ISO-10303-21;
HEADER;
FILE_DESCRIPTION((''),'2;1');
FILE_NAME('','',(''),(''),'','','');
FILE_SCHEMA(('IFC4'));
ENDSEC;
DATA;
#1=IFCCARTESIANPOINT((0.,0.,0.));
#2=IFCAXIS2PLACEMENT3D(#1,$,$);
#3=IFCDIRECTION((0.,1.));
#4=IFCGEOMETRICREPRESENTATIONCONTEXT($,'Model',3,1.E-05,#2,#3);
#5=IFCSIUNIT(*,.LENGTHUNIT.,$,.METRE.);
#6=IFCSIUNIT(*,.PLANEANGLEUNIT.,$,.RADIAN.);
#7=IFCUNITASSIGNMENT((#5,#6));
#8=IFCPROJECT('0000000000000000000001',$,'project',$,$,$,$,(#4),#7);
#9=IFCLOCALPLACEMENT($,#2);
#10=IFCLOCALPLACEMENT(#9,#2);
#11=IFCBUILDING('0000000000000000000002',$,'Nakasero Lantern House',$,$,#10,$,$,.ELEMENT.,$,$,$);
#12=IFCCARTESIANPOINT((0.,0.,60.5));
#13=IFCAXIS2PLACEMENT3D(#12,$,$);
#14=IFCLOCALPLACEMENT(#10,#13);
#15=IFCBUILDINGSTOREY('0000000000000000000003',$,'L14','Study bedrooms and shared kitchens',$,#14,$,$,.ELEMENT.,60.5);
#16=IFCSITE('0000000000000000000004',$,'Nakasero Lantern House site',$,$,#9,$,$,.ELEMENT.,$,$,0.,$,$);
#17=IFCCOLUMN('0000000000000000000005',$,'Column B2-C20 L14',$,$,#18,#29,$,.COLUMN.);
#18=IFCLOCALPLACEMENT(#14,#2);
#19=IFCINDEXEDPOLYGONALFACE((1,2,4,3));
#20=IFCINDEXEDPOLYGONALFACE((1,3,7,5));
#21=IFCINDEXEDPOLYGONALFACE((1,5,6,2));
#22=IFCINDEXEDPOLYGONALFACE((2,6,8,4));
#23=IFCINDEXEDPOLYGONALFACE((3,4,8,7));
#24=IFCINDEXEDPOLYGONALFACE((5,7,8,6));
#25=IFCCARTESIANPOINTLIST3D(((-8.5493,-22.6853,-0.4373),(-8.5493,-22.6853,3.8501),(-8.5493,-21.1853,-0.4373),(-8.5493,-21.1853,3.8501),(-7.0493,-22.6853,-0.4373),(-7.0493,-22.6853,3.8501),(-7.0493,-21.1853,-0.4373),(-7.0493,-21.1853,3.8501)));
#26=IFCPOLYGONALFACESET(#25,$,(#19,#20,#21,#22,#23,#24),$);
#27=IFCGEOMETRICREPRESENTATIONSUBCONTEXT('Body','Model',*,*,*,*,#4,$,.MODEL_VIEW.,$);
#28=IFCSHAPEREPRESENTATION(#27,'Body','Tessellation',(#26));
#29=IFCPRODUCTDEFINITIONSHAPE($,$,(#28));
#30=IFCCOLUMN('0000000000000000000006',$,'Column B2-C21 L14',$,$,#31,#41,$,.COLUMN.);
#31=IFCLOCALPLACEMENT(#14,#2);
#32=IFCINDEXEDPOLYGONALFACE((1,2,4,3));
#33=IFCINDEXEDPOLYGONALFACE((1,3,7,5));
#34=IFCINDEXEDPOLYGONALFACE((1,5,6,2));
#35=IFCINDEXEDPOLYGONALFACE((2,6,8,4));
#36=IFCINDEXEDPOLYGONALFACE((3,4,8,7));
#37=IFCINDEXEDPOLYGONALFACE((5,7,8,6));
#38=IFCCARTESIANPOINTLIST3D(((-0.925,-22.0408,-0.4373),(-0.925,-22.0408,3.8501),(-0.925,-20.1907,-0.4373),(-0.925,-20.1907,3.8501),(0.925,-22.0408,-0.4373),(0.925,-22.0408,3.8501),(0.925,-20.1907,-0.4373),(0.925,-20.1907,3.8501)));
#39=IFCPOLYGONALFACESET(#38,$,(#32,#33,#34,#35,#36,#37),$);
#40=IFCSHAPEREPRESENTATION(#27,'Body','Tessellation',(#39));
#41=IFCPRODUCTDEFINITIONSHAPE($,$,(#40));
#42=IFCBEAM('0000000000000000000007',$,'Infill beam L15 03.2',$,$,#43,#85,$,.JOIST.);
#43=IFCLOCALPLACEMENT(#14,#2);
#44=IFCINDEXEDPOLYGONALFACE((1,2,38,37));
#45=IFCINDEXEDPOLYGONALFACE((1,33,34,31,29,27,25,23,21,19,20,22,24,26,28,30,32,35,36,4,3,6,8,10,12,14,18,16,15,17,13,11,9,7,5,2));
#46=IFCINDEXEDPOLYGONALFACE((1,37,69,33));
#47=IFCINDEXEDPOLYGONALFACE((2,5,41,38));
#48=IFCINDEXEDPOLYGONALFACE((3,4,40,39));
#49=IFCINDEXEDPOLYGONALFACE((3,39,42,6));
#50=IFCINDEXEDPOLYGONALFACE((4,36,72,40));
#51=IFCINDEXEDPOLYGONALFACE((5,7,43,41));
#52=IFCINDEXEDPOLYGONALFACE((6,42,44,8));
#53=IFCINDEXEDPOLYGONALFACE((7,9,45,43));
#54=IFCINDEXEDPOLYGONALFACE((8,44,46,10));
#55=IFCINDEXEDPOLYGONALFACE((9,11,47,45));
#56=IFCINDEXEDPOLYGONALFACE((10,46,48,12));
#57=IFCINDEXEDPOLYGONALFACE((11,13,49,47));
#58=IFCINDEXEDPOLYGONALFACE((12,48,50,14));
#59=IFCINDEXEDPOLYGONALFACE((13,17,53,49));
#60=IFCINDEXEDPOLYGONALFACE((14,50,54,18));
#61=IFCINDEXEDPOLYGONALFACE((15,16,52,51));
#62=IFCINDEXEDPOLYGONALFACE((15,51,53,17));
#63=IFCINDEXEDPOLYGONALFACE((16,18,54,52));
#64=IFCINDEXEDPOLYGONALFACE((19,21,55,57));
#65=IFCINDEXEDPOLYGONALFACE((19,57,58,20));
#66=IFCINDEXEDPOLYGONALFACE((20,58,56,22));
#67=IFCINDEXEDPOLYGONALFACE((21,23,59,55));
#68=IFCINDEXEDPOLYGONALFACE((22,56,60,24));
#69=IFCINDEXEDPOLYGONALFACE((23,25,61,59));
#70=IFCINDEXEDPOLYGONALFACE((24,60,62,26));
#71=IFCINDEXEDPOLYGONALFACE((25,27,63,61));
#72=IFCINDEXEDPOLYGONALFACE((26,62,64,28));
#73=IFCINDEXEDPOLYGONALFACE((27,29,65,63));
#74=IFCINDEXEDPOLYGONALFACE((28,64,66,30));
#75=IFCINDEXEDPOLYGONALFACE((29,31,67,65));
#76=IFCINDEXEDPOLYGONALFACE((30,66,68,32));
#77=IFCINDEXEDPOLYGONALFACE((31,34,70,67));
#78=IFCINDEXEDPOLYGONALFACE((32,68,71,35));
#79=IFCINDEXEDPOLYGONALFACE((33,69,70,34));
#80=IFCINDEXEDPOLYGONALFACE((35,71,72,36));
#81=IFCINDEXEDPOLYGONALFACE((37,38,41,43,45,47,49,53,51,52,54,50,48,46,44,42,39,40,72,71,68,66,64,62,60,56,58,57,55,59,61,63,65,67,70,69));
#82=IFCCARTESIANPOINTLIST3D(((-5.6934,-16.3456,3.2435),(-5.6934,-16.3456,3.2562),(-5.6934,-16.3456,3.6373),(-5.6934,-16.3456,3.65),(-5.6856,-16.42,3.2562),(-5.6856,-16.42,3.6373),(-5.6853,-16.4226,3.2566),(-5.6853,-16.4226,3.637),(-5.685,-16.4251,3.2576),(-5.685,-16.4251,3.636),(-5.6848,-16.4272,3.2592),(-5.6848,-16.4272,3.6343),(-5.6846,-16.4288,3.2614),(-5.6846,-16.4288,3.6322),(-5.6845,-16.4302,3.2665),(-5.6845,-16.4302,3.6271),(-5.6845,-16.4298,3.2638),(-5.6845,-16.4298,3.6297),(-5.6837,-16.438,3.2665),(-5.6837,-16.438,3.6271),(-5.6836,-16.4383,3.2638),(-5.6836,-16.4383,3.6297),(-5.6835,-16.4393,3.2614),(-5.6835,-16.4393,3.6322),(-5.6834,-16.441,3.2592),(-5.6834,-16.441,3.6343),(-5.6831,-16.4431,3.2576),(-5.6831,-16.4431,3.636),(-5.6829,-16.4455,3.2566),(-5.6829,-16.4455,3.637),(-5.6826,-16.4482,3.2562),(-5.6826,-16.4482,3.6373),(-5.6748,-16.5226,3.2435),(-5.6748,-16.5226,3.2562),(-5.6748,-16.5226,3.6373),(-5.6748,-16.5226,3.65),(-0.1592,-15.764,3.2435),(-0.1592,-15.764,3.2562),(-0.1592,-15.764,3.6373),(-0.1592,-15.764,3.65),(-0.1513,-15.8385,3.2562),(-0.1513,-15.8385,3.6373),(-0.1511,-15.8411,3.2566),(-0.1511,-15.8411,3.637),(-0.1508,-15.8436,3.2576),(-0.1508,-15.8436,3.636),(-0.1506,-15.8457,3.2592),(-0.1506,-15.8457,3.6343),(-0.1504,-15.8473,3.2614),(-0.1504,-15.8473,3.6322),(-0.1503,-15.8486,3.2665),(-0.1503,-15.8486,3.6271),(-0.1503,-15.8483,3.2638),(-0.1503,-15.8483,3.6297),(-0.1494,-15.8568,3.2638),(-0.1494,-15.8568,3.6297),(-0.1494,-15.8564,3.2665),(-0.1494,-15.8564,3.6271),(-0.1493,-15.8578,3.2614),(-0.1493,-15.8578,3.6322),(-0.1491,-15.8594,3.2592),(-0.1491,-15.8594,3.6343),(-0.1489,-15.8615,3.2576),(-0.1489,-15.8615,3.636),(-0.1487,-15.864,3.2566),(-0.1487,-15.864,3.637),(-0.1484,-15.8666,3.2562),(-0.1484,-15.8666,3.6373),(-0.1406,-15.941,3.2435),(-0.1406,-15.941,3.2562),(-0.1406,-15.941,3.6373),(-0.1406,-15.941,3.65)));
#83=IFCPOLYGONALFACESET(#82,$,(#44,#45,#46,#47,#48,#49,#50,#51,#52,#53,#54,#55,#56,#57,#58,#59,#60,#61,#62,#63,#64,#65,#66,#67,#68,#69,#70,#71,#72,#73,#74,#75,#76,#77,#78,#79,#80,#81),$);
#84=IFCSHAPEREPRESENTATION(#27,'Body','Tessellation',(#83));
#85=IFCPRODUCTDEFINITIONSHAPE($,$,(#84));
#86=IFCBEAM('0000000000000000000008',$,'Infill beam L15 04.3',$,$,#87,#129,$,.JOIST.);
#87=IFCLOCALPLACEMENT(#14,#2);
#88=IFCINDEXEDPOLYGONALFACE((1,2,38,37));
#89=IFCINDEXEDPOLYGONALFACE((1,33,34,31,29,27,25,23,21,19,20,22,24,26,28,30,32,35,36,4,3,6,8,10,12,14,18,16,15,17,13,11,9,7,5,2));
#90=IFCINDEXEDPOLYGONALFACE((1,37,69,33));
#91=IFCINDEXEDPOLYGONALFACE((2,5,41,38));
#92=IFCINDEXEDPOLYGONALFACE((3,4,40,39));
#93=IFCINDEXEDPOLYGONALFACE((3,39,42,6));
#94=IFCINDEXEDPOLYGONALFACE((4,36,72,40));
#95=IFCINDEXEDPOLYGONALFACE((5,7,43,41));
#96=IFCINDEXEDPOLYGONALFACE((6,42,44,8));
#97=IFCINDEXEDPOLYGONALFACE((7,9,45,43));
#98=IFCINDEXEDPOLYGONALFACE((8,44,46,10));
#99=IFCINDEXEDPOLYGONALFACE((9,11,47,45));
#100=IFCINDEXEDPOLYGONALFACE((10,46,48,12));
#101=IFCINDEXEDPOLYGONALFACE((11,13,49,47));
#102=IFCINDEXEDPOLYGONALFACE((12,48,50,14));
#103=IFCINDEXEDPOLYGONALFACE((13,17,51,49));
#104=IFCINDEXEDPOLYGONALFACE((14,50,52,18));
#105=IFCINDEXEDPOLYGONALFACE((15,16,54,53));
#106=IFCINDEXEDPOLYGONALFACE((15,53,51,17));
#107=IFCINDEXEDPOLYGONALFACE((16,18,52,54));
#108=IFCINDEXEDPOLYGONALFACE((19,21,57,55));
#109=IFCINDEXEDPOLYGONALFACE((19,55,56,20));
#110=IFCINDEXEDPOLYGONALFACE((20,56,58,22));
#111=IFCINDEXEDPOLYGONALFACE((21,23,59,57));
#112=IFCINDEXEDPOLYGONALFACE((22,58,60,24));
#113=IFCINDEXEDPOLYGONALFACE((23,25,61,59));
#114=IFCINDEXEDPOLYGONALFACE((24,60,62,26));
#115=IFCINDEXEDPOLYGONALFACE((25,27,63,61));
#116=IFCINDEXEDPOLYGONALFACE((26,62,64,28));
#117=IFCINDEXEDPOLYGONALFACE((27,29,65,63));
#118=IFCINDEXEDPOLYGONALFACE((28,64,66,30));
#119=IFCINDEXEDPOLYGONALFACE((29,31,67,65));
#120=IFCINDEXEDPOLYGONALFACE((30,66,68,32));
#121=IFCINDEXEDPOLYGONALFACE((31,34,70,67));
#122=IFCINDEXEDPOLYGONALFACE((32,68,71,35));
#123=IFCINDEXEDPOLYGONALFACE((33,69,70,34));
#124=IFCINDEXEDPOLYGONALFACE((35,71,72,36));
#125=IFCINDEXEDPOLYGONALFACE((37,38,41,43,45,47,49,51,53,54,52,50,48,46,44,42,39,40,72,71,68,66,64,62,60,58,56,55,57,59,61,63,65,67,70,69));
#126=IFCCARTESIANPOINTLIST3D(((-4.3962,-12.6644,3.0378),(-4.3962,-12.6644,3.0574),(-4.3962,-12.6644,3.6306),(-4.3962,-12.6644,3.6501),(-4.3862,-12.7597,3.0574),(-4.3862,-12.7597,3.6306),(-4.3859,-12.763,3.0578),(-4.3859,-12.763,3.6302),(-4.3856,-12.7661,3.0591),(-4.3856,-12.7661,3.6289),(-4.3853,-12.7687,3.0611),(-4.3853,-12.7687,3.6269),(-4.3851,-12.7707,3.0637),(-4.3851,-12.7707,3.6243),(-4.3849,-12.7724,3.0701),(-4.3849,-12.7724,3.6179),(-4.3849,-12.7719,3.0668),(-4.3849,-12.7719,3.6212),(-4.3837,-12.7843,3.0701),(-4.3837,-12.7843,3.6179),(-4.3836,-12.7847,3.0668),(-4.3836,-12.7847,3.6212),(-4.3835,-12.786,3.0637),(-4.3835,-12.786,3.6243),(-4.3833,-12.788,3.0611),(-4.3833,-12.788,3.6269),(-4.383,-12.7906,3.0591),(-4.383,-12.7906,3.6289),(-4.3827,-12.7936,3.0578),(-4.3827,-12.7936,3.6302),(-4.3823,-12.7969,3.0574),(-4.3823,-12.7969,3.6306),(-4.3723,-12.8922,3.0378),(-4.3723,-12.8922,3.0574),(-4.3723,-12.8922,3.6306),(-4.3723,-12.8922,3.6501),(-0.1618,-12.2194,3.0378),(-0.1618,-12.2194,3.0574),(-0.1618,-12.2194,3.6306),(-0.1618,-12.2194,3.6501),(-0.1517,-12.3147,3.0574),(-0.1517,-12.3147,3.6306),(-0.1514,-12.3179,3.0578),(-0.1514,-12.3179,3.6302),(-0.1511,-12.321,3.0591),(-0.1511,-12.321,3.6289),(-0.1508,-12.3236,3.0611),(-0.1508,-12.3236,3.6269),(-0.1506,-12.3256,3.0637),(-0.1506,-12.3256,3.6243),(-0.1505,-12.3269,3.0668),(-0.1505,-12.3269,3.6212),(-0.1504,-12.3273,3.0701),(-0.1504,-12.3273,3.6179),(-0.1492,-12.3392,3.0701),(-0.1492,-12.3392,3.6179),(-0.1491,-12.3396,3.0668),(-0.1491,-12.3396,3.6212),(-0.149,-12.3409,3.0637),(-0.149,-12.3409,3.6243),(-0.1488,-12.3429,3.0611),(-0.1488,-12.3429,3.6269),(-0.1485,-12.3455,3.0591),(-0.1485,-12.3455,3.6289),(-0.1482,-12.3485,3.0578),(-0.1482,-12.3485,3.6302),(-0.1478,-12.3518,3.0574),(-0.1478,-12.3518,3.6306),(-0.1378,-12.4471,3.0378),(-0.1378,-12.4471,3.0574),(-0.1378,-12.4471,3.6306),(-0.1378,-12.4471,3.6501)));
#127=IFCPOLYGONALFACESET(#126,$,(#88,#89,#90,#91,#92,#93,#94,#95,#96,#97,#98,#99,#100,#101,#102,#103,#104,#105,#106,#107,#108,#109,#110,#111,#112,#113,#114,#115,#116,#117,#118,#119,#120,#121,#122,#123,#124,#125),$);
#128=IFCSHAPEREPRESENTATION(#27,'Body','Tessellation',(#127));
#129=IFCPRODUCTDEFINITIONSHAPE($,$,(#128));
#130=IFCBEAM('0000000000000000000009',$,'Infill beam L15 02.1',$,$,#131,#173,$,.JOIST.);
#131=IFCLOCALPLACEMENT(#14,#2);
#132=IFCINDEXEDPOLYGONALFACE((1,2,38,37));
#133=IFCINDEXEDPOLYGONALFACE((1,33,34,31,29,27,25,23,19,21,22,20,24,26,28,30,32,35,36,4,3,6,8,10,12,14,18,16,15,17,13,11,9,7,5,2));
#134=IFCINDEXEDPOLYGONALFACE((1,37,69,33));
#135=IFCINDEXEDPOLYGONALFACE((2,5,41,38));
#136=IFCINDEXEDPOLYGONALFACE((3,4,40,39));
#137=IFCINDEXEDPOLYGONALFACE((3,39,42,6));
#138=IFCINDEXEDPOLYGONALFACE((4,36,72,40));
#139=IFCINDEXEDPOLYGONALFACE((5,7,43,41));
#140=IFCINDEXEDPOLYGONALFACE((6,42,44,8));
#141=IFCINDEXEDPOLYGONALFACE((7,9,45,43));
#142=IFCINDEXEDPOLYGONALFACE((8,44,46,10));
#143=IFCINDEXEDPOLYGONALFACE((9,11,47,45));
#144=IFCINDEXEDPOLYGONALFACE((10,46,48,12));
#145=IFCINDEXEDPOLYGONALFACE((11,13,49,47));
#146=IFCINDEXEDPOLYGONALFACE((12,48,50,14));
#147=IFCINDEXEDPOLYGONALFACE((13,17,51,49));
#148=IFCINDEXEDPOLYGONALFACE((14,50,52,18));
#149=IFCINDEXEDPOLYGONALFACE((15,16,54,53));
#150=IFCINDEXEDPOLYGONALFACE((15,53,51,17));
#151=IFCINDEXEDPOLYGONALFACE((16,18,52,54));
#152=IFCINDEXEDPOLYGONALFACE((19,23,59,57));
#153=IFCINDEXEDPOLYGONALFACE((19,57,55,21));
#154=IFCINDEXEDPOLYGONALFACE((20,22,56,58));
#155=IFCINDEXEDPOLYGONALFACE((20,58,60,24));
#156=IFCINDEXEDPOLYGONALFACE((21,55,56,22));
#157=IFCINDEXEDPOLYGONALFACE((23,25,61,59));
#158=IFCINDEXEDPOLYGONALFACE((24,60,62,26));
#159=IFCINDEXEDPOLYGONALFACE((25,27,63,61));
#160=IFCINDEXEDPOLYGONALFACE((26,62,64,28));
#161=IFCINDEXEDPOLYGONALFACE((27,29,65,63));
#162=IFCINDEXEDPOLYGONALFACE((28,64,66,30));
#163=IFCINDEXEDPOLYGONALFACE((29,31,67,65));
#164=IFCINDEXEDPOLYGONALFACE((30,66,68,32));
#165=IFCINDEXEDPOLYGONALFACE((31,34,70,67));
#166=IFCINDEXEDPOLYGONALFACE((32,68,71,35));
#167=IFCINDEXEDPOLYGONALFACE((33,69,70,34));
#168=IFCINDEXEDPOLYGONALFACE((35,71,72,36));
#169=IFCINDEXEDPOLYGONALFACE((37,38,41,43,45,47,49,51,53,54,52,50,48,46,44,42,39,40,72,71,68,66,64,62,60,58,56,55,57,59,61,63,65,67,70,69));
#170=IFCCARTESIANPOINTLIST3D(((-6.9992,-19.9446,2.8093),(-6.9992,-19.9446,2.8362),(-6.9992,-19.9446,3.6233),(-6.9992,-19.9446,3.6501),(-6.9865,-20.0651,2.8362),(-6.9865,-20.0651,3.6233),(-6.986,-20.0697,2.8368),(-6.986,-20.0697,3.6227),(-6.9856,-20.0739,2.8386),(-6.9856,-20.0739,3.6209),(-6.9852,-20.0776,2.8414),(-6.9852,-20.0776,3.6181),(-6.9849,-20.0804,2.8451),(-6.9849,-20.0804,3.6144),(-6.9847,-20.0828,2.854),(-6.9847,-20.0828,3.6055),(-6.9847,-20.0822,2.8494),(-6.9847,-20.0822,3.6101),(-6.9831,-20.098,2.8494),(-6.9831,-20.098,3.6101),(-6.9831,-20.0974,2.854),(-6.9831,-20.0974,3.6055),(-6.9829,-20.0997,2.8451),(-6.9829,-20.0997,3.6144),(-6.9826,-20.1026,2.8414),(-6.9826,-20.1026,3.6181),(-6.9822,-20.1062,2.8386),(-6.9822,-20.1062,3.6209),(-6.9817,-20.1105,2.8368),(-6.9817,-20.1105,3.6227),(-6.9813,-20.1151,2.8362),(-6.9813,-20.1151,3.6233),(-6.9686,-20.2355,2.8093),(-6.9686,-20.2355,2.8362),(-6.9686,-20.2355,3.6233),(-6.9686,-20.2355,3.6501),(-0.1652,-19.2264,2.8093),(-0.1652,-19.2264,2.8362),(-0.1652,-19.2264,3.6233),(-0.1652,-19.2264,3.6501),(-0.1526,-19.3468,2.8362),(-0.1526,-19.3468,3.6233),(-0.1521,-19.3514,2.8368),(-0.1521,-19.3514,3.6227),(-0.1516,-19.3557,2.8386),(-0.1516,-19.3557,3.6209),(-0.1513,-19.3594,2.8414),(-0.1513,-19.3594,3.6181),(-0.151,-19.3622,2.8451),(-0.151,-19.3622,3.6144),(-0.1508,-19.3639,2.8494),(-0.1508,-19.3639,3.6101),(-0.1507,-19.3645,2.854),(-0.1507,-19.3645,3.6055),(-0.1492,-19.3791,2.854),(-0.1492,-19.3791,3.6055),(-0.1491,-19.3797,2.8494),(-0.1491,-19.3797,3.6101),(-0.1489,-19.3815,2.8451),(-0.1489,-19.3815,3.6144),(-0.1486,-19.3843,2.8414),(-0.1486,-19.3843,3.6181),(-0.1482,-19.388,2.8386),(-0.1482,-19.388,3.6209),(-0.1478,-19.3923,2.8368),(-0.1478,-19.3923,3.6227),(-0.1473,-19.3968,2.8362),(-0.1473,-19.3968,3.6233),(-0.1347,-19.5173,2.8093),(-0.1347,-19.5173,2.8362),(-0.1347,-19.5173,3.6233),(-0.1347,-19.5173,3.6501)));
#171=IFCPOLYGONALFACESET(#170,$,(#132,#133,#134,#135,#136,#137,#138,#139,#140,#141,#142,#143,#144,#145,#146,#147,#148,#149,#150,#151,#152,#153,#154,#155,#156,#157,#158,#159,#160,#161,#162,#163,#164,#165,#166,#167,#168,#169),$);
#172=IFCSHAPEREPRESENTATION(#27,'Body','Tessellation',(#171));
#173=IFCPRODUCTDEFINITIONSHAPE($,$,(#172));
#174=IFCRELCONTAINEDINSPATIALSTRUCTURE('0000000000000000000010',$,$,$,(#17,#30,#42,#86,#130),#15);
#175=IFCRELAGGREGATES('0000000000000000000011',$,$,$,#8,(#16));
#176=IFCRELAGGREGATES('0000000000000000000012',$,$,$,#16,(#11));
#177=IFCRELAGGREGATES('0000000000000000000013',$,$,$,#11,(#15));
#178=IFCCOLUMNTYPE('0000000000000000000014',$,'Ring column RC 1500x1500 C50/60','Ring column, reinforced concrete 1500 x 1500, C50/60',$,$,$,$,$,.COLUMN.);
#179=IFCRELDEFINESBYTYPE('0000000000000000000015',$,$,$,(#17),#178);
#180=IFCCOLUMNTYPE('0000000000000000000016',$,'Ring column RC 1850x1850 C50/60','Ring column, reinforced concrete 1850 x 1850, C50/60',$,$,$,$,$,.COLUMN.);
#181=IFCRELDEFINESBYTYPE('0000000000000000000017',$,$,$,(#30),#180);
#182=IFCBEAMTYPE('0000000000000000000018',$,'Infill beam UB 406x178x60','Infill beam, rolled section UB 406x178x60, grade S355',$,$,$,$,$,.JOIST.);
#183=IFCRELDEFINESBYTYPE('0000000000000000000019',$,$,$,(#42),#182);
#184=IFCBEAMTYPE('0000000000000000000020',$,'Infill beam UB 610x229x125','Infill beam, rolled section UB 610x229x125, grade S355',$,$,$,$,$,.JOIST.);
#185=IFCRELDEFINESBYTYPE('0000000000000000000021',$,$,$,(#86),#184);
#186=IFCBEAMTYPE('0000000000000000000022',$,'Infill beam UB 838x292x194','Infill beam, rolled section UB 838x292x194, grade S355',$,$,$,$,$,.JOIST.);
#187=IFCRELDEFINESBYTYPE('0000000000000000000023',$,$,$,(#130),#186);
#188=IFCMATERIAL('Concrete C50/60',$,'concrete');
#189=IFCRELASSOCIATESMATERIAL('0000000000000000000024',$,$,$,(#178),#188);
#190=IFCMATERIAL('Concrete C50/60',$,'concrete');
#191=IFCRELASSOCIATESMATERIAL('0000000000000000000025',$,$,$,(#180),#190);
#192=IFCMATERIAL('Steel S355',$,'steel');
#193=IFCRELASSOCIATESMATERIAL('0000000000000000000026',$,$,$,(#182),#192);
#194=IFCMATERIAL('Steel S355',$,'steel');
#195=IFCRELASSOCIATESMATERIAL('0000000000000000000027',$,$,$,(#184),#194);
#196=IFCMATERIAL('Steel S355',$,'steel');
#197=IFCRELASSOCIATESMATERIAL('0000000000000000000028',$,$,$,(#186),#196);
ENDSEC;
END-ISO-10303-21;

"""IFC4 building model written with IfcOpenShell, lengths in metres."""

from ifc_helpers import new_model, si_unit, direction, frame, origin, origin_2d, place, context, subcontext, project, spatial, rectangle, i_section, extrude, material, material_profile, profile_set, type_object, element, save


model = new_model("IFC4")

# Units and contexts
model_context = context("Model", 3, precision=1e-05, world=origin(), true_north=direction((0.0, 1.0)))
body_context = subcontext(model_context, "Body", "Model", "MODEL_VIEW")
ifc_project = project(units=[si_unit("LENGTHUNIT", "METRE"), si_unit("PLANEANGLEUNIT", "RADIAN")], contexts=[model_context])

# Site, building, storey
site_placement = place(None, origin())
site = spatial("IfcSite", under=ifc_project, at=site_placement, Name="Nakasero Lantern House site", CompositionType="ELEMENT", RefElevation=0.0)
building_placement = place(site_placement, origin())
building = spatial("IfcBuilding", under=site, at=building_placement, Name="Nakasero Lantern House", CompositionType="ELEMENT")
storey_placement = place(building_placement, frame((0.0, 0.0, 60.5)))
storey = spatial("IfcBuildingStorey", under=building, at=storey_placement, Name="L14", Description="Study bedrooms and shared kitchens", CompositionType="ELEMENT", Elevation=60.5)

# Columns
ifc_material_1 = material(Name="Concrete C50/60", Category="concrete")
ifc_material_profile_1 = material_profile(ifc_material_1, rectangle(XDim=1.5, YDim=1.5, at=origin_2d()), Name="RC 1500x1500")
ifc_profile_set_1 = profile_set([ifc_material_profile_1], Name="Concrete C50/60")
column_type_1 = type_object("IfcColumnType", Name="Ring column RC 1500x1500 C50/60", Description="Ring column, reinforced concrete 1500 x 1500, C50/60", PredefinedType="COLUMN", material=ifc_profile_set_1)
column_1_placement = place(storey_placement, frame((-7.7993, -21.9353, -0.4373), z_axis=(0.0, 0.0, 1.0), x_axis=(1.0, 0.0, 0.0)))
element("IfcColumn", 1, at=column_1_placement, inside=storey, type_object=column_type_1, Name="Column B2-C20 L14", PredefinedType="COLUMN", context=body_context, shape_type="SweptSolid", body=[
    extrude(rectangle(XDim=1.5, YDim=1.5, at=origin_2d()), origin(), (0.0, 0.0, 1.0), 4.2874),
])
ifc_material_2 = material(Name="Concrete C50/60", Category="concrete")
ifc_material_profile_2 = material_profile(ifc_material_2, rectangle(XDim=1.8501, YDim=1.8501, at=origin_2d()), Name="RC 1850x1850")
ifc_profile_set_2 = profile_set([ifc_material_profile_2], Name="Concrete C50/60")
column_type_2 = type_object("IfcColumnType", Name="Ring column RC 1850x1850 C50/60", Description="Ring column, reinforced concrete 1850 x 1850, C50/60", PredefinedType="COLUMN", material=ifc_profile_set_2)
column_2_placement = place(storey_placement, frame((0.0, -21.1157, -0.4373), z_axis=(0.0, 0.0, 1.0), x_axis=(1.0, 0.0, 0.0)))
element("IfcColumn", 2, at=column_2_placement, inside=storey, type_object=column_type_2, Name="Column B2-C21 L14", PredefinedType="COLUMN", context=body_context, shape_type="SweptSolid", body=[
    extrude(rectangle(XDim=1.8501, YDim=1.8501, at=origin_2d()), origin(), (0.0, 0.0, 1.0), 4.2874),
])

# Beams
ifc_material_3 = material(Name="Steel S355", Category="steel")
ifc_material_profile_3 = material_profile(ifc_material_3, i_section(OverallWidth=0.178, OverallDepth=0.4065, WebThickness=0.0078, FlangeThickness=0.0127, FilletRadius=0.0103, at=origin_2d()), Name="UB 406x178x60")
ifc_profile_set_3 = profile_set([ifc_material_profile_3], Name="Steel S355")
beam_type_1 = type_object("IfcBeamType", Name="Infill beam UB 406x178x60", Description="Infill beam, rolled section UB 406x178x60, grade S355", PredefinedType="JOIST", material=ifc_profile_set_3)
beam_1_placement = place(storey_placement, frame((-5.6841, -16.4341, 3.4468), z_axis=(0.994524, 0.104507, 0.0), x_axis=(-0.104507, 0.994524, 0.0)))
element("IfcBeam", 3, at=beam_1_placement, inside=storey, type_object=beam_type_1, Name="Infill beam L15 03.2", PredefinedType="JOIST", context=body_context, shape_type="SweptSolid", body=[
    extrude(i_section(OverallWidth=0.178, OverallDepth=0.4065, WebThickness=0.0078, FlangeThickness=0.0127, FilletRadius=0.0103, at=origin_2d()), origin(), (0.0, 0.0, 1.0), 5.5647),
])
ifc_material_4 = material(Name="Steel S355", Category="steel")
ifc_material_profile_4 = material_profile(ifc_material_4, i_section(OverallWidth=0.229, OverallDepth=0.6123, WebThickness=0.012, FlangeThickness=0.0195, FilletRadius=0.0127, at=origin_2d()), Name="UB 610x229x125")
ifc_profile_set_4 = profile_set([ifc_material_profile_4], Name="Steel S355")
beam_type_2 = type_object("IfcBeamType", Name="Infill beam UB 610x229x125", Description="Infill beam, rolled section UB 610x229x125, grade S355", PredefinedType="JOIST", material=ifc_profile_set_4)
beam_2_placement = place(storey_placement, frame((-4.3843, -12.7783, 3.344), z_axis=(0.994521, 0.104533, 0.0), x_axis=(-0.104533, 0.994521, 0.0)))
element("IfcBeam", 4, at=beam_2_placement, inside=storey, type_object=beam_type_2, Name="Infill beam L15 04.3", PredefinedType="JOIST", context=body_context, shape_type="SweptSolid", body=[
    extrude(i_section(OverallWidth=0.229, OverallDepth=0.6123, WebThickness=0.012, FlangeThickness=0.0195, FilletRadius=0.0127, at=origin_2d()), origin(), (0.0, 0.0, 1.0), 4.2578),
])
ifc_material_5 = material(Name="Steel S355", Category="steel")
ifc_material_profile_5 = material_profile(ifc_material_5, i_section(OverallWidth=0.2925, OverallDepth=0.8408, WebThickness=0.0146, FlangeThickness=0.0269, FilletRadius=0.0178, at=origin_2d()), Name="UB 838x292x194")
ifc_profile_set_5 = profile_set([ifc_material_profile_5], Name="Steel S355")
beam_type_3 = type_object("IfcBeamType", Name="Infill beam UB 838x292x194", Description="Infill beam, rolled section UB 838x292x194, grade S355", PredefinedType="JOIST", material=ifc_profile_set_5)
beam_3_placement = place(storey_placement, frame((-6.9839, -20.0901, 3.2297), z_axis=(0.994522, 0.104526, 0.0), x_axis=(-0.104526, 0.994522, 0.0)))
element("IfcBeam", 5, at=beam_3_placement, inside=storey, type_object=beam_type_3, Name="Infill beam L15 02.1", PredefinedType="JOIST", context=body_context, shape_type="SweptSolid", body=[
    extrude(i_section(OverallWidth=0.2925, OverallDepth=0.8408, WebThickness=0.0146, FlangeThickness=0.0269, FilletRadius=0.0178, at=origin_2d()), origin(), (0.0, 0.0, 1.0), 6.8716),
])

save(model, "model.ifc")
